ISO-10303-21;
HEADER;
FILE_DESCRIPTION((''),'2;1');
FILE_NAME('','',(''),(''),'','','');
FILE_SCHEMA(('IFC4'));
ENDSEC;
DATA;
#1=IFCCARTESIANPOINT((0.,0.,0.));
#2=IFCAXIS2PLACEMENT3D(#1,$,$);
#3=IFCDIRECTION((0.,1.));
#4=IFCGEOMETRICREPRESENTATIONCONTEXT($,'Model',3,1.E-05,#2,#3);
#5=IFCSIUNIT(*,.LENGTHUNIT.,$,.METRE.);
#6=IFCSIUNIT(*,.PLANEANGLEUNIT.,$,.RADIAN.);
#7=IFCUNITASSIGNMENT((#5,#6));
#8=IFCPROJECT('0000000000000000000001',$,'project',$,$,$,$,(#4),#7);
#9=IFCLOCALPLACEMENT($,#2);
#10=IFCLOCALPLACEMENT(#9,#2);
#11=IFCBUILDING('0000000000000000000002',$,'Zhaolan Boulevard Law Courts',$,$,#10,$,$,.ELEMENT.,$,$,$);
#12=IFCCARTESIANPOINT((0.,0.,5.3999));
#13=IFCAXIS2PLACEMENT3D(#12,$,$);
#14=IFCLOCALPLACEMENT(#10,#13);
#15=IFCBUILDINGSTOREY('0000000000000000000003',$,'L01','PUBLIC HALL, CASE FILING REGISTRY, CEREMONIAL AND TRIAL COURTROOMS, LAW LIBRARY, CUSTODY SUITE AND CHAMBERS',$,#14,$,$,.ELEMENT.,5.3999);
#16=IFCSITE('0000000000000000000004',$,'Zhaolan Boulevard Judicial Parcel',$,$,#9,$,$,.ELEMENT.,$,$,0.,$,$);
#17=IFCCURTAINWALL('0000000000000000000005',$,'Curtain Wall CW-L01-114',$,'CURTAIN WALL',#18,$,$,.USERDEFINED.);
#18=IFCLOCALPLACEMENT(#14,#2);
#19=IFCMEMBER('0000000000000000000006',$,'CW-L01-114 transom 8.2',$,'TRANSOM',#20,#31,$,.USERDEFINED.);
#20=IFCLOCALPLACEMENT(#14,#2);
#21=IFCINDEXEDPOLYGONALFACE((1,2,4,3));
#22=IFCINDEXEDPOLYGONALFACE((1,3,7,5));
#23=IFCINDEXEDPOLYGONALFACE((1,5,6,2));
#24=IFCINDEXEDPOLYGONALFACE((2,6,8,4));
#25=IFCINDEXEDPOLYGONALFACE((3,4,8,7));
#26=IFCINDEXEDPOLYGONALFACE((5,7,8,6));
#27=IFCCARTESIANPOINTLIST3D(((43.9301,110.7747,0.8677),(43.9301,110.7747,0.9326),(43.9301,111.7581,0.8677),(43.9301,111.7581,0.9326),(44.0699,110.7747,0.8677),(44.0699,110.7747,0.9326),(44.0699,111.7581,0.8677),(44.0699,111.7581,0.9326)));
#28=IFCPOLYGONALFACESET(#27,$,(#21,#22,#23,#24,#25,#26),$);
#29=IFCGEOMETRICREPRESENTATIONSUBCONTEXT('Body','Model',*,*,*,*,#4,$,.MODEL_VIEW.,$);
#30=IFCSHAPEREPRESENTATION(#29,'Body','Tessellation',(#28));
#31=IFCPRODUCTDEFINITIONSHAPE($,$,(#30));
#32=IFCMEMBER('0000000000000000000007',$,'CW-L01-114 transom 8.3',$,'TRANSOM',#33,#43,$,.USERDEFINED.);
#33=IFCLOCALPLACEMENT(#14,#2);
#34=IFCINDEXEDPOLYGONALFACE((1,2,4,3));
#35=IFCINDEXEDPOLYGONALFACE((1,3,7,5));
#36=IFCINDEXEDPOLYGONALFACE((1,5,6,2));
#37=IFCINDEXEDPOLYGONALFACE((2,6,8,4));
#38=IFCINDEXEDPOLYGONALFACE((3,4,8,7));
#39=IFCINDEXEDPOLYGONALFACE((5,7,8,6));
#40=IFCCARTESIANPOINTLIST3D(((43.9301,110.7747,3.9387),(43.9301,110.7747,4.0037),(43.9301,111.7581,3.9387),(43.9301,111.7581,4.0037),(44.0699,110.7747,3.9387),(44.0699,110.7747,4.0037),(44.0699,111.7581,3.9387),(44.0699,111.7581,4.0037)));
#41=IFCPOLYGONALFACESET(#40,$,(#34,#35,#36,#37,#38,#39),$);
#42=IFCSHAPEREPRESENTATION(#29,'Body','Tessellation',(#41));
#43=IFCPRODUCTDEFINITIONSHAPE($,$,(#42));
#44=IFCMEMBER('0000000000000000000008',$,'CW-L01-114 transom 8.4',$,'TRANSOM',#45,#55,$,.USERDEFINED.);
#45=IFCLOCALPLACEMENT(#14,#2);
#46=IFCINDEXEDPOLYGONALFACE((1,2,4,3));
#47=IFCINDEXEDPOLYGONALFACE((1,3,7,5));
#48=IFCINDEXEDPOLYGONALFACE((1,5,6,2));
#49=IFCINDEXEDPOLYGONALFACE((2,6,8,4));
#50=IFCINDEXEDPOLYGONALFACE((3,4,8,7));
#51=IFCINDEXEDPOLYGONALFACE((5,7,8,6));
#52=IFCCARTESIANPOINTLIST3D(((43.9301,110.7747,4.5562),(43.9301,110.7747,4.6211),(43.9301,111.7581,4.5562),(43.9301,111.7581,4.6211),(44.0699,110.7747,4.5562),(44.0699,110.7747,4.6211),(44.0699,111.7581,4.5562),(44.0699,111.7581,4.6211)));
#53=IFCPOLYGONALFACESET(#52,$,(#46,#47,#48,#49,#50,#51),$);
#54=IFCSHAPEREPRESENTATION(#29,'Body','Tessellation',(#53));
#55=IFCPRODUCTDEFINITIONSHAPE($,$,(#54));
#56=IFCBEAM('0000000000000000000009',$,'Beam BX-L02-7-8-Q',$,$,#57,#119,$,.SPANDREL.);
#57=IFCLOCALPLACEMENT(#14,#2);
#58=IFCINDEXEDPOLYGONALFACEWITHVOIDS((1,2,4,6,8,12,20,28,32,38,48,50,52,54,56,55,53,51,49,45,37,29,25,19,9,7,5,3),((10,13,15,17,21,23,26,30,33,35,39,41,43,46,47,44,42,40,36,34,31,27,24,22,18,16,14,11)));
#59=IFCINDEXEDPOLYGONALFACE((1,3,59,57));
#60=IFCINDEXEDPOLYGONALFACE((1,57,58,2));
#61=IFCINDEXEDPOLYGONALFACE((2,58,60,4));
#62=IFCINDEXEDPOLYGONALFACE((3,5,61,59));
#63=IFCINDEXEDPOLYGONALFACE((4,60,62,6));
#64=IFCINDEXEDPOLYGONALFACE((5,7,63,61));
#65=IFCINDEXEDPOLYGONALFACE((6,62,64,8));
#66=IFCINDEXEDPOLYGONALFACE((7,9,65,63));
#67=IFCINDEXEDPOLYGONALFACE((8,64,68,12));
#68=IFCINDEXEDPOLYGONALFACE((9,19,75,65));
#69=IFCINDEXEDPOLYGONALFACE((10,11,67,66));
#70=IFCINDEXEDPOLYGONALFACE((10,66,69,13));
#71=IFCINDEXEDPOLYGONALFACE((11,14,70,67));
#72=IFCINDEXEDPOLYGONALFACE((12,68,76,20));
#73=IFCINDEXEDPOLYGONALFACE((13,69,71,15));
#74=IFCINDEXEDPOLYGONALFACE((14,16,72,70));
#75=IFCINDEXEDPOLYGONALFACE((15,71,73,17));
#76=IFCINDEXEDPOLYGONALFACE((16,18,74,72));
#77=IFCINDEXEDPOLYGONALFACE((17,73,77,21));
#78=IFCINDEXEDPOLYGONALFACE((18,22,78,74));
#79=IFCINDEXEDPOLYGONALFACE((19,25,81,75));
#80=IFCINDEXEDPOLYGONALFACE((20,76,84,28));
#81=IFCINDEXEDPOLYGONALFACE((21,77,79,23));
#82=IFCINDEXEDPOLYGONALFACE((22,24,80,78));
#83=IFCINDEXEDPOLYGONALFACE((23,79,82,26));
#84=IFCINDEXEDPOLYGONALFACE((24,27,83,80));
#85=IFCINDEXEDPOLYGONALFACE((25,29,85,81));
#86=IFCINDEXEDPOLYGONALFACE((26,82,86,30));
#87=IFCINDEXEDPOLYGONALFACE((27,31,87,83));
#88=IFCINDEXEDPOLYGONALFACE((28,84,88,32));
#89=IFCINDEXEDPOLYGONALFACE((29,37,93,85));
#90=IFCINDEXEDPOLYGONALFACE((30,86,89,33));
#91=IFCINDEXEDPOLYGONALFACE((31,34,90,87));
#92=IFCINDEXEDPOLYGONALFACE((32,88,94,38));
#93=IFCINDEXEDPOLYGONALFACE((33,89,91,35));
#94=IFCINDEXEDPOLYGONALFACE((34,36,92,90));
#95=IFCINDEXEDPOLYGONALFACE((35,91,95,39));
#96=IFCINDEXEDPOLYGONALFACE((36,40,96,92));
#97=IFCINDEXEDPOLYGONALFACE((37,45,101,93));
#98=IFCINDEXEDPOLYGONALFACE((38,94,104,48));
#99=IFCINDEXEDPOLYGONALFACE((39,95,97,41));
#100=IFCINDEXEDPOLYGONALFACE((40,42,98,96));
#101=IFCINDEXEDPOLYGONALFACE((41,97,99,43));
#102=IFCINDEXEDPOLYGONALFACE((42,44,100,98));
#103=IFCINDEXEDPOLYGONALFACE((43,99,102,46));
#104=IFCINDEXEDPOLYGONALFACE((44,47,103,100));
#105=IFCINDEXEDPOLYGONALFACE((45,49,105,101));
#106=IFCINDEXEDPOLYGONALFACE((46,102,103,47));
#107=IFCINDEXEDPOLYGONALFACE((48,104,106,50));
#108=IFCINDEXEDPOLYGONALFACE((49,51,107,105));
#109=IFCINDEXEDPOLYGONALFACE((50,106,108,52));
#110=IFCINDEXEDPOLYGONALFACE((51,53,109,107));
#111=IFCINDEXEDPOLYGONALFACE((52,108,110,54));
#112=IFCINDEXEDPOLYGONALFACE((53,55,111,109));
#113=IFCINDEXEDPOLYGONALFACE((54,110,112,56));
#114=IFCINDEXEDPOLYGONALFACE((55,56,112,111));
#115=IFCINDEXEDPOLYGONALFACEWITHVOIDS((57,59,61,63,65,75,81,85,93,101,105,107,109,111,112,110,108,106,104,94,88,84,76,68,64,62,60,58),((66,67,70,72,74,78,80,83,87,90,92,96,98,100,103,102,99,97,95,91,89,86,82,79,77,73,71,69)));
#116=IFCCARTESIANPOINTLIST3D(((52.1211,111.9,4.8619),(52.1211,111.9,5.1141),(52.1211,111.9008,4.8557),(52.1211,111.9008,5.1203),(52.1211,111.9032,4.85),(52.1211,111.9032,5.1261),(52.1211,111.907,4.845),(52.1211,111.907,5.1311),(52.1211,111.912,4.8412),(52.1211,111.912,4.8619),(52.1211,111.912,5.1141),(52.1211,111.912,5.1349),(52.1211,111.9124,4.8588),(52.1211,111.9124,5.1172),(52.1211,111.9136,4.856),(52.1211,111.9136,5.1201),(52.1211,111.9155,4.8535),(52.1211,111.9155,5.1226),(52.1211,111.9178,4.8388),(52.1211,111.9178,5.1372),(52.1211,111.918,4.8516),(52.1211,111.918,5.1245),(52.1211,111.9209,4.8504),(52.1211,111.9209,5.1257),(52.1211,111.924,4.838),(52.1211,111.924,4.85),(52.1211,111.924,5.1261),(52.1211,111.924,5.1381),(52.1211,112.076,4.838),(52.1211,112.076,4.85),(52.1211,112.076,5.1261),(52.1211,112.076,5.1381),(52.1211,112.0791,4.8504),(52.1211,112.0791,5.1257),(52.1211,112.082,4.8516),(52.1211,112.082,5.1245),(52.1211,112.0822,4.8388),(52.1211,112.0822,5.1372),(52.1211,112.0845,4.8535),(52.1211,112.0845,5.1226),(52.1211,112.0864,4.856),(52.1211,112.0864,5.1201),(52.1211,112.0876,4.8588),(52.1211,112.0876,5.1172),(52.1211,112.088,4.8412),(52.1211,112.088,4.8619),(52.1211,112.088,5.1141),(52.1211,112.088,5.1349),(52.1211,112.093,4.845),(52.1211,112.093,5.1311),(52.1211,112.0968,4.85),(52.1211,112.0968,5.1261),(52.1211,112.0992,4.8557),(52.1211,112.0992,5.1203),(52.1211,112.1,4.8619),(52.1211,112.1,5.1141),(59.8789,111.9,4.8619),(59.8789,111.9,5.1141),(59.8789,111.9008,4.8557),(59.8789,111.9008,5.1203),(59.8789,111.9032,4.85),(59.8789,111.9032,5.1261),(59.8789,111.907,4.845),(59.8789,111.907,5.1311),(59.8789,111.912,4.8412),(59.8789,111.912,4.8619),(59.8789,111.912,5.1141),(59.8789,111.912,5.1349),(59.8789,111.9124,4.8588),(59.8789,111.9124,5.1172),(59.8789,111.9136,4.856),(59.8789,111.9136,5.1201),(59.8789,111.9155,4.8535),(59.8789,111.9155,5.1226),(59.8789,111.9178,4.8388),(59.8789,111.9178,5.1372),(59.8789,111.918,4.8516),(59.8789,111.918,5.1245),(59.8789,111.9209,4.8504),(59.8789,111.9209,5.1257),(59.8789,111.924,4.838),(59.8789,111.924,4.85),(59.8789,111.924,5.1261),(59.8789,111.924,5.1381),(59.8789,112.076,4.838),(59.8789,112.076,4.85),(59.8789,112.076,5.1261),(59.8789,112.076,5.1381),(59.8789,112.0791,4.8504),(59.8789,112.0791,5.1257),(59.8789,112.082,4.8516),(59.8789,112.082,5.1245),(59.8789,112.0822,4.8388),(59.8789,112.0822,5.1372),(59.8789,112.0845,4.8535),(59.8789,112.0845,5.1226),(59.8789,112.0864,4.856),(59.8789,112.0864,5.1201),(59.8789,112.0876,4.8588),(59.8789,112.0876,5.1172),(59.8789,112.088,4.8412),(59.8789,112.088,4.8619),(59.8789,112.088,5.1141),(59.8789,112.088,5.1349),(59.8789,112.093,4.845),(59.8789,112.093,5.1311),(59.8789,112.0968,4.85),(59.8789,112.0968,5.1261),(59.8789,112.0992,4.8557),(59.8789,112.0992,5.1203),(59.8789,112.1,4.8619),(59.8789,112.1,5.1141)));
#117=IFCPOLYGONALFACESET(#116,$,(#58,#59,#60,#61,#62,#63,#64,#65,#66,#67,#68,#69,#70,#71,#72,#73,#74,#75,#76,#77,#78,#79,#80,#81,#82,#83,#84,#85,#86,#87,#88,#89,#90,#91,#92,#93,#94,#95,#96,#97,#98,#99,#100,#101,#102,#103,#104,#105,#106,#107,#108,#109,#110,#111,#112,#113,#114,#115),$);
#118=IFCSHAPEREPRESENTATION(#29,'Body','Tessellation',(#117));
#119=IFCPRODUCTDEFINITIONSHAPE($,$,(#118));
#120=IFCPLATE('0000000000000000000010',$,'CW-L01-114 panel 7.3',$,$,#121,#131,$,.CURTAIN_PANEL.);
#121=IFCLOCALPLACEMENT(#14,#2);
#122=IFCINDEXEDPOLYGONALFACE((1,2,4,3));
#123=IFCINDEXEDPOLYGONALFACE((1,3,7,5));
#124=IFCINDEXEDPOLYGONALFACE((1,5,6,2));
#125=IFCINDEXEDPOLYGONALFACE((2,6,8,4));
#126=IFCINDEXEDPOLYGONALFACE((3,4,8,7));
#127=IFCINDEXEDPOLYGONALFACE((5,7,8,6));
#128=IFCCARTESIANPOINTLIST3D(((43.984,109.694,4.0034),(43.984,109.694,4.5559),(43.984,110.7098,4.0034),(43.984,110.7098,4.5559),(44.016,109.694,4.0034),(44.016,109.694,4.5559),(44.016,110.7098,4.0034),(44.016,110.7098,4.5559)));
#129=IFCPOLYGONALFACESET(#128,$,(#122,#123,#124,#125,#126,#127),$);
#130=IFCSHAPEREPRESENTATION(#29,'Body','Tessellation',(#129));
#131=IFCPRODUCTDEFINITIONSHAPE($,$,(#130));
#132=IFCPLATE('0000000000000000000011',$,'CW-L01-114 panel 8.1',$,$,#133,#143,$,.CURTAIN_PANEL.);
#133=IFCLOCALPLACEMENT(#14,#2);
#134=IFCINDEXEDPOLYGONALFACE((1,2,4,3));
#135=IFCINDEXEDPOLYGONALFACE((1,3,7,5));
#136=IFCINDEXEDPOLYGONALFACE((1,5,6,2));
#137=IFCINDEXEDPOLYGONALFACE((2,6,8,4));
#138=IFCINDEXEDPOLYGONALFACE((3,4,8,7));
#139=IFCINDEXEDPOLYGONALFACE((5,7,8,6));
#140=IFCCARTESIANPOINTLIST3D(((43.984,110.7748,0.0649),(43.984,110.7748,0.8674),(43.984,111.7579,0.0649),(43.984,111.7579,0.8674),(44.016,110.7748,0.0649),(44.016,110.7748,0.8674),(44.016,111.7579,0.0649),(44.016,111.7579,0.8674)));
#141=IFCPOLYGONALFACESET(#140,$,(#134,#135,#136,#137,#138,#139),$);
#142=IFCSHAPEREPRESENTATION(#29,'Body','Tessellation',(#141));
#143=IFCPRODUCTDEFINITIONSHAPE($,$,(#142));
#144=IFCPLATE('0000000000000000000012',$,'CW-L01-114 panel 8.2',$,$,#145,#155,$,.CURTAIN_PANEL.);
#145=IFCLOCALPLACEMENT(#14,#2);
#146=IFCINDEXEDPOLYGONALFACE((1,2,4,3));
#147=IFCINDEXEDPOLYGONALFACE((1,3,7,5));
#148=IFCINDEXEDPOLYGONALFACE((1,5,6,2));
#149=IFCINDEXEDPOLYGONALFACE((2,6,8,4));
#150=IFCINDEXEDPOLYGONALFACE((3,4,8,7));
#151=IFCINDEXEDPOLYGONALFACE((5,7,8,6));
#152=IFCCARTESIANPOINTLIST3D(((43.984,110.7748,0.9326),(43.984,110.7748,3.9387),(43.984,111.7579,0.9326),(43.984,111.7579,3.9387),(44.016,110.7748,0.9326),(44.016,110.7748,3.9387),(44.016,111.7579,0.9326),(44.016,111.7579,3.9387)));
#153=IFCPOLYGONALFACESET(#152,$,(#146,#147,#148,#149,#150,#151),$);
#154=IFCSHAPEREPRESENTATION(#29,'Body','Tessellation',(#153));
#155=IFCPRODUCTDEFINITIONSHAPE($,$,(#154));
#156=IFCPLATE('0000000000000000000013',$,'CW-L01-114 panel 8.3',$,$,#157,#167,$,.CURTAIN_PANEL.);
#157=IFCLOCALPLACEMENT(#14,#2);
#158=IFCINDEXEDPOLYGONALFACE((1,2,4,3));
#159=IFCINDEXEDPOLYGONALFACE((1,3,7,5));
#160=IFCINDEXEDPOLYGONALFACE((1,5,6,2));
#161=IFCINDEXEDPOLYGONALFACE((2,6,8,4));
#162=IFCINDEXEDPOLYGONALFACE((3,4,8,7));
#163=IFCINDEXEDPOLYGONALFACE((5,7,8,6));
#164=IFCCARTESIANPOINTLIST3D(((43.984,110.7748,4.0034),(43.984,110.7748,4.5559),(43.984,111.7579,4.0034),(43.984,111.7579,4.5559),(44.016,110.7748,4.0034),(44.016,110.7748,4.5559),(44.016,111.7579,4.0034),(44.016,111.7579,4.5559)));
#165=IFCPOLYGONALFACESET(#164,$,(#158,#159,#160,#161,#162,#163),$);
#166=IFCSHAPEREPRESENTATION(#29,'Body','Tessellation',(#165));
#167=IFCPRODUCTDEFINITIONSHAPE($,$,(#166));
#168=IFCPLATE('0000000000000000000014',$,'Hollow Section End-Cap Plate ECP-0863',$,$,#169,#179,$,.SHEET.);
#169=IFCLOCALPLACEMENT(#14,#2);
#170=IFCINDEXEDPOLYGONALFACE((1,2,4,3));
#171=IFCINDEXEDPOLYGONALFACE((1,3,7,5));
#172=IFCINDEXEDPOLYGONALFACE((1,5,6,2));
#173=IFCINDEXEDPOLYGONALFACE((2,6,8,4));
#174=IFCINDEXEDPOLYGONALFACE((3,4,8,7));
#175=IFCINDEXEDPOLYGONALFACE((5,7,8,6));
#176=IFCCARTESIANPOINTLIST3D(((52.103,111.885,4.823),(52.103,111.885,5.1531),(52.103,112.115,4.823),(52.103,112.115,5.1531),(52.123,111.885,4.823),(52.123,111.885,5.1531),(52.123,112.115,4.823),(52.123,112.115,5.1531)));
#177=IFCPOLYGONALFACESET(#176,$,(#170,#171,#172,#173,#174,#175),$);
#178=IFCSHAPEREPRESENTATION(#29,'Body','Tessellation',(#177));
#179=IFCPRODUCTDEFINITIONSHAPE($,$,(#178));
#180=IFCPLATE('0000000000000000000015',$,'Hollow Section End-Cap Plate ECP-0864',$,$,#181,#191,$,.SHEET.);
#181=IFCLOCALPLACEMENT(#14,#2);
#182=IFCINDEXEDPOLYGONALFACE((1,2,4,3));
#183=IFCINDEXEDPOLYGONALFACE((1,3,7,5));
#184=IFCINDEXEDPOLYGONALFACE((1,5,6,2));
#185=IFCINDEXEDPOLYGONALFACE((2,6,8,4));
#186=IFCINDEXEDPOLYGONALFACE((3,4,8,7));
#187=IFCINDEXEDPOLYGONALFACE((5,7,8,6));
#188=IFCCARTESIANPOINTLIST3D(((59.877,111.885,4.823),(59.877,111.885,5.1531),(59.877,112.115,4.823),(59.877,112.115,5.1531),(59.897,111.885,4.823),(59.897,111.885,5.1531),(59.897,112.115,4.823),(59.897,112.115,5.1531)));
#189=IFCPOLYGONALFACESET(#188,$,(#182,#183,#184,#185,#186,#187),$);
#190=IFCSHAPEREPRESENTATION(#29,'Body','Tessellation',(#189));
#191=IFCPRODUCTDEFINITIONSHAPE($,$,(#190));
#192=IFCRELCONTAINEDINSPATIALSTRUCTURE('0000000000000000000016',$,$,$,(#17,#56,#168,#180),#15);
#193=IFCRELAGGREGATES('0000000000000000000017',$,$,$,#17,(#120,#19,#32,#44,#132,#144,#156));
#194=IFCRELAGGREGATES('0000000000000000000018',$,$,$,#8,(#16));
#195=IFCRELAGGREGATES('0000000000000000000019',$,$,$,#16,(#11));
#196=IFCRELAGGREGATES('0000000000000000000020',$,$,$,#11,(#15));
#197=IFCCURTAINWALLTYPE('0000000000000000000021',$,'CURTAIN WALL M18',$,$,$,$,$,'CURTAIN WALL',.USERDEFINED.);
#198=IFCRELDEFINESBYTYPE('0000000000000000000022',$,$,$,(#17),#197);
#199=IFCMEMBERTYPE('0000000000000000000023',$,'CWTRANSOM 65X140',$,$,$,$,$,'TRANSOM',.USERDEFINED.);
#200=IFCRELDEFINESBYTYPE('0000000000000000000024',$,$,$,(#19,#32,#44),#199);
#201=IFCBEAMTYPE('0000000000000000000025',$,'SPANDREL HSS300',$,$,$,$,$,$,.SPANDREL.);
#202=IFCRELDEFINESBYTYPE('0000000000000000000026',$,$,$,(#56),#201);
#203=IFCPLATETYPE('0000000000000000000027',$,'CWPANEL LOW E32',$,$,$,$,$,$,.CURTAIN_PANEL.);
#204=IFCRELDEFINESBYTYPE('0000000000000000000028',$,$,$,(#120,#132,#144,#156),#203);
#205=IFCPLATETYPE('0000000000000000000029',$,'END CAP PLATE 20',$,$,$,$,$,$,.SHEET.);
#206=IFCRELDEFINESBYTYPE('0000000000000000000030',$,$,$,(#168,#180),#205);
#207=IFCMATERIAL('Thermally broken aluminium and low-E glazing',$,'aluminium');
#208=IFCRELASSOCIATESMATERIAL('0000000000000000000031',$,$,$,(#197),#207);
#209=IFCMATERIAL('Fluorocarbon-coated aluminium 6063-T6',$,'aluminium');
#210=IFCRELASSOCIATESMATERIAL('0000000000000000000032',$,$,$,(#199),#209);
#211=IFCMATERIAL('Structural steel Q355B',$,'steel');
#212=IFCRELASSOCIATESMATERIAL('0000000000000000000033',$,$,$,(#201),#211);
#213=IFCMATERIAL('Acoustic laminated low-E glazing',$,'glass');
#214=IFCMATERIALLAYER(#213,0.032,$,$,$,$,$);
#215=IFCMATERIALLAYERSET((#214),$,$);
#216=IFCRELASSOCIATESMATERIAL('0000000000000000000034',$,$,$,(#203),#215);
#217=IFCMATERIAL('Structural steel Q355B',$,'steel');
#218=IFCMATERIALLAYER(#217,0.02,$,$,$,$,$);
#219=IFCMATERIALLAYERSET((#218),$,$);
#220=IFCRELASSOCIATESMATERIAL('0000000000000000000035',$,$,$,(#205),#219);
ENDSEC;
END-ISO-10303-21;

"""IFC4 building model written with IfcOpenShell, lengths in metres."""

from ifc_helpers import new_model, si_unit, direction, frame, origin, origin_2d, place, context, subcontext, project, spatial, rectangle, hollow_rectangle, extrude, material, layer, layer_set, material_profile, profile_set, type_object, element, aggregate, save


model = new_model("IFC4")

# Units and contexts
model_context = context("Model", 3, precision=1e-05, world=origin(), true_north=direction((0.0, 1.0)))
body_context = subcontext(model_context, "Body", "Model", "MODEL_VIEW")
ifc_project = project(units=[si_unit("LENGTHUNIT", "METRE"), si_unit("PLANEANGLEUNIT", "RADIAN")], contexts=[model_context])

# Site, building, storey
site_placement = place(None, origin())
site = spatial("IfcSite", under=ifc_project, at=site_placement, Name="Zhaolan Boulevard Judicial Parcel", CompositionType="ELEMENT", RefElevation=0.0)
building_placement = place(site_placement, origin())
building = spatial("IfcBuilding", under=site, at=building_placement, Name="Zhaolan Boulevard Law Courts", CompositionType="ELEMENT")
storey_placement = place(building_placement, frame((0.0, 0.0, 5.3999)))
storey = spatial("IfcBuildingStorey", under=building, at=storey_placement, Name="L01", Description="PUBLIC HALL, CASE FILING REGISTRY, CEREMONIAL AND TRIAL COURTROOMS, LAW LIBRARY, CUSTODY SUITE AND CHAMBERS", CompositionType="ELEMENT", Elevation=5.3999)

# Curtain wall, members
ifc_material_1 = material(Name="Thermally broken aluminium and low-E glazing", Category="aluminium")
curtain_wall_type = type_object("IfcCurtainWallType", Name="CURTAIN WALL M18", ElementType="CURTAIN WALL", PredefinedType="USERDEFINED", material=ifc_material_1)
curtain_wall_placement = place(storey_placement, origin())
curtain_wall = element("IfcCurtainWall", 1, at=curtain_wall_placement, inside=storey, type_object=curtain_wall_type, Name="Curtain Wall CW-L01-114", ObjectType="CURTAIN WALL", PredefinedType="USERDEFINED")
ifc_material_2 = material(Name="Fluorocarbon-coated aluminium 6063-T6", Category="aluminium")
ifc_material_profile_1 = material_profile(ifc_material_2, rectangle(XDim=0.1399, YDim=0.0649, at=origin_2d()), Name="AL65x140")
ifc_profile_set_1 = profile_set([ifc_material_profile_1], Name="Fluorocarbon-coated aluminium 6063-T6")
member_type_1 = type_object("IfcMemberType", Name="CWTRANSOM 65X140", ElementType="TRANSOM", PredefinedType="USERDEFINED", material=ifc_profile_set_1)
member_1_placement = place(storey_placement, frame((44.0, 110.7747, 0.9001), z_axis=(0.0, 1.0, 0.0), x_axis=(-1.0, 0.0, 0.0)))
member_1 = element("IfcMember", 2, at=member_1_placement, type_object=member_type_1, Name="CW-L01-114 transom 8.2", ObjectType="TRANSOM", PredefinedType="USERDEFINED", context=body_context, shape_type="SweptSolid", body=[
    extrude(rectangle(XDim=0.1399, YDim=0.0649, at=origin_2d()), origin(), (0.0, 0.0, 1.0), 0.9834),
])
member_2_placement = place(storey_placement, frame((44.0, 110.7747, 3.9712), z_axis=(0.0, 1.0, 0.0), x_axis=(-1.0, 0.0, 0.0)))
member_2 = element("IfcMember", 3, at=member_2_placement, type_object=member_type_1, Name="CW-L01-114 transom 8.3", ObjectType="TRANSOM", PredefinedType="USERDEFINED", context=body_context, shape_type="SweptSolid", body=[
    extrude(rectangle(XDim=0.1399, YDim=0.0649, at=origin_2d()), origin(), (0.0, 0.0, 1.0), 0.9834),
])
member_3_placement = place(storey_placement, frame((44.0, 110.7747, 4.5886), z_axis=(0.0, 1.0, 0.0), x_axis=(-1.0, 0.0, 0.0)))
member_3 = element("IfcMember", 4, at=member_3_placement, type_object=member_type_1, Name="CW-L01-114 transom 8.4", ObjectType="TRANSOM", PredefinedType="USERDEFINED", context=body_context, shape_type="SweptSolid", body=[
    extrude(rectangle(XDim=0.1399, YDim=0.0649, at=origin_2d()), origin(), (0.0, 0.0, 1.0), 0.9834),
])

# Beam
ifc_material_3 = material(Name="Structural steel Q355B", Category="steel")
ifc_material_profile_2 = material_profile(ifc_material_3, hollow_rectangle(XDim=0.2, YDim=0.3, WallThickness=0.012, InnerFilletRadius=0.012, OuterFilletRadius=0.0239, at=origin_2d()), Name="HSS300x200x12")
ifc_profile_set_2 = profile_set([ifc_material_profile_2], Name="Structural steel Q355B")
beam_type = type_object("IfcBeamType", Name="SPANDREL HSS300", PredefinedType="SPANDREL", material=ifc_profile_set_2)
beam_placement = place(storey_placement, frame((52.1211, 112.0, 4.988), z_axis=(1.0, 0.0, 0.0), x_axis=(0.0, 1.0, 0.0)))
element("IfcBeam", 5, at=beam_placement, inside=storey, type_object=beam_type, Name="Beam BX-L02-7-8-Q", PredefinedType="SPANDREL", context=body_context, shape_type="SweptSolid", body=[
    extrude(hollow_rectangle(XDim=0.2, YDim=0.3, WallThickness=0.012, InnerFilletRadius=0.012, OuterFilletRadius=0.0239, at=origin_2d()), origin(), (0.0, 0.0, 1.0), 7.7578),
])

# Plates
ifc_material_4 = material(Name="Acoustic laminated low-E glazing", Category="glass")
ifc_layer_1 = layer(ifc_material_4, 0.032)
ifc_layer_set_1 = layer_set([ifc_layer_1])
plate_type_1 = type_object("IfcPlateType", Name="CWPANEL LOW E32", PredefinedType="CURTAIN_PANEL", material=ifc_layer_set_1)
plate_1_placement = place(storey_placement, frame((44.0, 110.2019, 4.0034), z_axis=(0.0, 0.0, 1.0), x_axis=(0.0, 1.0, 0.0)))
plate_1 = element("IfcPlate", 6, at=plate_1_placement, type_object=plate_type_1, Name="CW-L01-114 panel 7.3", PredefinedType="CURTAIN_PANEL", context=body_context, shape_type="SweptSolid", body=[
    extrude(rectangle(XDim=1.0159, YDim=0.032, at=origin_2d()), origin(), (0.0, 0.0, 1.0), 0.5525),
])
plate_2_placement = place(storey_placement, frame((44.0, 111.2664, 0.0649), z_axis=(0.0, 0.0, 1.0), x_axis=(0.0, 1.0, 0.0)))
plate_2 = element("IfcPlate", 7, at=plate_2_placement, type_object=plate_type_1, Name="CW-L01-114 panel 8.1", PredefinedType="CURTAIN_PANEL", context=body_context, shape_type="SweptSolid", body=[
    extrude(rectangle(XDim=0.9832, YDim=0.032, at=origin_2d()), origin(), (0.0, 0.0, 1.0), 0.8025),
])
plate_3_placement = place(storey_placement, frame((44.0, 111.2664, 0.9326), z_axis=(0.0, 0.0, 1.0), x_axis=(0.0, 1.0, 0.0)))
plate_3 = element("IfcPlate", 8, at=plate_3_placement, type_object=plate_type_1, Name="CW-L01-114 panel 8.2", PredefinedType="CURTAIN_PANEL", context=body_context, shape_type="SweptSolid", body=[
    extrude(rectangle(XDim=0.9832, YDim=0.032, at=origin_2d()), origin(), (0.0, 0.0, 1.0), 3.0061),
])
plate_4_placement = place(storey_placement, frame((44.0, 111.2664, 4.0034), z_axis=(0.0, 0.0, 1.0), x_axis=(0.0, 1.0, 0.0)))
plate_4 = element("IfcPlate", 9, at=plate_4_placement, type_object=plate_type_1, Name="CW-L01-114 panel 8.3", PredefinedType="CURTAIN_PANEL", context=body_context, shape_type="SweptSolid", body=[
    extrude(rectangle(XDim=0.9832, YDim=0.032, at=origin_2d()), origin(), (0.0, 0.0, 1.0), 0.5525),
])
aggregate(curtain_wall, [plate_1, member_1, member_2, member_3, plate_2, plate_3, plate_4])

# Plates
ifc_material_5 = material(Name="Structural steel Q355B", Category="steel")
ifc_layer_2 = layer(ifc_material_5, 0.02)
ifc_layer_set_2 = layer_set([ifc_layer_2])
plate_type_2 = type_object("IfcPlateType", Name="END CAP PLATE 20", PredefinedType="SHEET", material=ifc_layer_set_2)
for number, where, z_axis, x_axis, name in (
    (10, (52.113, 112.0, 4.823), (0.0, 0.0, 1.0), (1.0, 0.0, 0.0), "Hollow Section End-Cap Plate ECP-0863"),
    (11, (59.887, 112.0, 4.823), (0.0, 0.0, 1.0), (1.0, 0.0, 0.0), "Hollow Section End-Cap Plate ECP-0864"),
):
    element("IfcPlate", number, at=place(storey_placement, frame(where, z_axis=z_axis, x_axis=x_axis)), inside=storey, type_object=plate_type_2, Name=name, PredefinedType="SHEET", context=body_context, shape_type="SweptSolid", body=[
        extrude(rectangle(XDim=0.02, YDim=0.23, at=origin_2d()), origin(), (0.0, 0.0, 1.0), 0.3301),
    ])

save(model, "model.ifc")
